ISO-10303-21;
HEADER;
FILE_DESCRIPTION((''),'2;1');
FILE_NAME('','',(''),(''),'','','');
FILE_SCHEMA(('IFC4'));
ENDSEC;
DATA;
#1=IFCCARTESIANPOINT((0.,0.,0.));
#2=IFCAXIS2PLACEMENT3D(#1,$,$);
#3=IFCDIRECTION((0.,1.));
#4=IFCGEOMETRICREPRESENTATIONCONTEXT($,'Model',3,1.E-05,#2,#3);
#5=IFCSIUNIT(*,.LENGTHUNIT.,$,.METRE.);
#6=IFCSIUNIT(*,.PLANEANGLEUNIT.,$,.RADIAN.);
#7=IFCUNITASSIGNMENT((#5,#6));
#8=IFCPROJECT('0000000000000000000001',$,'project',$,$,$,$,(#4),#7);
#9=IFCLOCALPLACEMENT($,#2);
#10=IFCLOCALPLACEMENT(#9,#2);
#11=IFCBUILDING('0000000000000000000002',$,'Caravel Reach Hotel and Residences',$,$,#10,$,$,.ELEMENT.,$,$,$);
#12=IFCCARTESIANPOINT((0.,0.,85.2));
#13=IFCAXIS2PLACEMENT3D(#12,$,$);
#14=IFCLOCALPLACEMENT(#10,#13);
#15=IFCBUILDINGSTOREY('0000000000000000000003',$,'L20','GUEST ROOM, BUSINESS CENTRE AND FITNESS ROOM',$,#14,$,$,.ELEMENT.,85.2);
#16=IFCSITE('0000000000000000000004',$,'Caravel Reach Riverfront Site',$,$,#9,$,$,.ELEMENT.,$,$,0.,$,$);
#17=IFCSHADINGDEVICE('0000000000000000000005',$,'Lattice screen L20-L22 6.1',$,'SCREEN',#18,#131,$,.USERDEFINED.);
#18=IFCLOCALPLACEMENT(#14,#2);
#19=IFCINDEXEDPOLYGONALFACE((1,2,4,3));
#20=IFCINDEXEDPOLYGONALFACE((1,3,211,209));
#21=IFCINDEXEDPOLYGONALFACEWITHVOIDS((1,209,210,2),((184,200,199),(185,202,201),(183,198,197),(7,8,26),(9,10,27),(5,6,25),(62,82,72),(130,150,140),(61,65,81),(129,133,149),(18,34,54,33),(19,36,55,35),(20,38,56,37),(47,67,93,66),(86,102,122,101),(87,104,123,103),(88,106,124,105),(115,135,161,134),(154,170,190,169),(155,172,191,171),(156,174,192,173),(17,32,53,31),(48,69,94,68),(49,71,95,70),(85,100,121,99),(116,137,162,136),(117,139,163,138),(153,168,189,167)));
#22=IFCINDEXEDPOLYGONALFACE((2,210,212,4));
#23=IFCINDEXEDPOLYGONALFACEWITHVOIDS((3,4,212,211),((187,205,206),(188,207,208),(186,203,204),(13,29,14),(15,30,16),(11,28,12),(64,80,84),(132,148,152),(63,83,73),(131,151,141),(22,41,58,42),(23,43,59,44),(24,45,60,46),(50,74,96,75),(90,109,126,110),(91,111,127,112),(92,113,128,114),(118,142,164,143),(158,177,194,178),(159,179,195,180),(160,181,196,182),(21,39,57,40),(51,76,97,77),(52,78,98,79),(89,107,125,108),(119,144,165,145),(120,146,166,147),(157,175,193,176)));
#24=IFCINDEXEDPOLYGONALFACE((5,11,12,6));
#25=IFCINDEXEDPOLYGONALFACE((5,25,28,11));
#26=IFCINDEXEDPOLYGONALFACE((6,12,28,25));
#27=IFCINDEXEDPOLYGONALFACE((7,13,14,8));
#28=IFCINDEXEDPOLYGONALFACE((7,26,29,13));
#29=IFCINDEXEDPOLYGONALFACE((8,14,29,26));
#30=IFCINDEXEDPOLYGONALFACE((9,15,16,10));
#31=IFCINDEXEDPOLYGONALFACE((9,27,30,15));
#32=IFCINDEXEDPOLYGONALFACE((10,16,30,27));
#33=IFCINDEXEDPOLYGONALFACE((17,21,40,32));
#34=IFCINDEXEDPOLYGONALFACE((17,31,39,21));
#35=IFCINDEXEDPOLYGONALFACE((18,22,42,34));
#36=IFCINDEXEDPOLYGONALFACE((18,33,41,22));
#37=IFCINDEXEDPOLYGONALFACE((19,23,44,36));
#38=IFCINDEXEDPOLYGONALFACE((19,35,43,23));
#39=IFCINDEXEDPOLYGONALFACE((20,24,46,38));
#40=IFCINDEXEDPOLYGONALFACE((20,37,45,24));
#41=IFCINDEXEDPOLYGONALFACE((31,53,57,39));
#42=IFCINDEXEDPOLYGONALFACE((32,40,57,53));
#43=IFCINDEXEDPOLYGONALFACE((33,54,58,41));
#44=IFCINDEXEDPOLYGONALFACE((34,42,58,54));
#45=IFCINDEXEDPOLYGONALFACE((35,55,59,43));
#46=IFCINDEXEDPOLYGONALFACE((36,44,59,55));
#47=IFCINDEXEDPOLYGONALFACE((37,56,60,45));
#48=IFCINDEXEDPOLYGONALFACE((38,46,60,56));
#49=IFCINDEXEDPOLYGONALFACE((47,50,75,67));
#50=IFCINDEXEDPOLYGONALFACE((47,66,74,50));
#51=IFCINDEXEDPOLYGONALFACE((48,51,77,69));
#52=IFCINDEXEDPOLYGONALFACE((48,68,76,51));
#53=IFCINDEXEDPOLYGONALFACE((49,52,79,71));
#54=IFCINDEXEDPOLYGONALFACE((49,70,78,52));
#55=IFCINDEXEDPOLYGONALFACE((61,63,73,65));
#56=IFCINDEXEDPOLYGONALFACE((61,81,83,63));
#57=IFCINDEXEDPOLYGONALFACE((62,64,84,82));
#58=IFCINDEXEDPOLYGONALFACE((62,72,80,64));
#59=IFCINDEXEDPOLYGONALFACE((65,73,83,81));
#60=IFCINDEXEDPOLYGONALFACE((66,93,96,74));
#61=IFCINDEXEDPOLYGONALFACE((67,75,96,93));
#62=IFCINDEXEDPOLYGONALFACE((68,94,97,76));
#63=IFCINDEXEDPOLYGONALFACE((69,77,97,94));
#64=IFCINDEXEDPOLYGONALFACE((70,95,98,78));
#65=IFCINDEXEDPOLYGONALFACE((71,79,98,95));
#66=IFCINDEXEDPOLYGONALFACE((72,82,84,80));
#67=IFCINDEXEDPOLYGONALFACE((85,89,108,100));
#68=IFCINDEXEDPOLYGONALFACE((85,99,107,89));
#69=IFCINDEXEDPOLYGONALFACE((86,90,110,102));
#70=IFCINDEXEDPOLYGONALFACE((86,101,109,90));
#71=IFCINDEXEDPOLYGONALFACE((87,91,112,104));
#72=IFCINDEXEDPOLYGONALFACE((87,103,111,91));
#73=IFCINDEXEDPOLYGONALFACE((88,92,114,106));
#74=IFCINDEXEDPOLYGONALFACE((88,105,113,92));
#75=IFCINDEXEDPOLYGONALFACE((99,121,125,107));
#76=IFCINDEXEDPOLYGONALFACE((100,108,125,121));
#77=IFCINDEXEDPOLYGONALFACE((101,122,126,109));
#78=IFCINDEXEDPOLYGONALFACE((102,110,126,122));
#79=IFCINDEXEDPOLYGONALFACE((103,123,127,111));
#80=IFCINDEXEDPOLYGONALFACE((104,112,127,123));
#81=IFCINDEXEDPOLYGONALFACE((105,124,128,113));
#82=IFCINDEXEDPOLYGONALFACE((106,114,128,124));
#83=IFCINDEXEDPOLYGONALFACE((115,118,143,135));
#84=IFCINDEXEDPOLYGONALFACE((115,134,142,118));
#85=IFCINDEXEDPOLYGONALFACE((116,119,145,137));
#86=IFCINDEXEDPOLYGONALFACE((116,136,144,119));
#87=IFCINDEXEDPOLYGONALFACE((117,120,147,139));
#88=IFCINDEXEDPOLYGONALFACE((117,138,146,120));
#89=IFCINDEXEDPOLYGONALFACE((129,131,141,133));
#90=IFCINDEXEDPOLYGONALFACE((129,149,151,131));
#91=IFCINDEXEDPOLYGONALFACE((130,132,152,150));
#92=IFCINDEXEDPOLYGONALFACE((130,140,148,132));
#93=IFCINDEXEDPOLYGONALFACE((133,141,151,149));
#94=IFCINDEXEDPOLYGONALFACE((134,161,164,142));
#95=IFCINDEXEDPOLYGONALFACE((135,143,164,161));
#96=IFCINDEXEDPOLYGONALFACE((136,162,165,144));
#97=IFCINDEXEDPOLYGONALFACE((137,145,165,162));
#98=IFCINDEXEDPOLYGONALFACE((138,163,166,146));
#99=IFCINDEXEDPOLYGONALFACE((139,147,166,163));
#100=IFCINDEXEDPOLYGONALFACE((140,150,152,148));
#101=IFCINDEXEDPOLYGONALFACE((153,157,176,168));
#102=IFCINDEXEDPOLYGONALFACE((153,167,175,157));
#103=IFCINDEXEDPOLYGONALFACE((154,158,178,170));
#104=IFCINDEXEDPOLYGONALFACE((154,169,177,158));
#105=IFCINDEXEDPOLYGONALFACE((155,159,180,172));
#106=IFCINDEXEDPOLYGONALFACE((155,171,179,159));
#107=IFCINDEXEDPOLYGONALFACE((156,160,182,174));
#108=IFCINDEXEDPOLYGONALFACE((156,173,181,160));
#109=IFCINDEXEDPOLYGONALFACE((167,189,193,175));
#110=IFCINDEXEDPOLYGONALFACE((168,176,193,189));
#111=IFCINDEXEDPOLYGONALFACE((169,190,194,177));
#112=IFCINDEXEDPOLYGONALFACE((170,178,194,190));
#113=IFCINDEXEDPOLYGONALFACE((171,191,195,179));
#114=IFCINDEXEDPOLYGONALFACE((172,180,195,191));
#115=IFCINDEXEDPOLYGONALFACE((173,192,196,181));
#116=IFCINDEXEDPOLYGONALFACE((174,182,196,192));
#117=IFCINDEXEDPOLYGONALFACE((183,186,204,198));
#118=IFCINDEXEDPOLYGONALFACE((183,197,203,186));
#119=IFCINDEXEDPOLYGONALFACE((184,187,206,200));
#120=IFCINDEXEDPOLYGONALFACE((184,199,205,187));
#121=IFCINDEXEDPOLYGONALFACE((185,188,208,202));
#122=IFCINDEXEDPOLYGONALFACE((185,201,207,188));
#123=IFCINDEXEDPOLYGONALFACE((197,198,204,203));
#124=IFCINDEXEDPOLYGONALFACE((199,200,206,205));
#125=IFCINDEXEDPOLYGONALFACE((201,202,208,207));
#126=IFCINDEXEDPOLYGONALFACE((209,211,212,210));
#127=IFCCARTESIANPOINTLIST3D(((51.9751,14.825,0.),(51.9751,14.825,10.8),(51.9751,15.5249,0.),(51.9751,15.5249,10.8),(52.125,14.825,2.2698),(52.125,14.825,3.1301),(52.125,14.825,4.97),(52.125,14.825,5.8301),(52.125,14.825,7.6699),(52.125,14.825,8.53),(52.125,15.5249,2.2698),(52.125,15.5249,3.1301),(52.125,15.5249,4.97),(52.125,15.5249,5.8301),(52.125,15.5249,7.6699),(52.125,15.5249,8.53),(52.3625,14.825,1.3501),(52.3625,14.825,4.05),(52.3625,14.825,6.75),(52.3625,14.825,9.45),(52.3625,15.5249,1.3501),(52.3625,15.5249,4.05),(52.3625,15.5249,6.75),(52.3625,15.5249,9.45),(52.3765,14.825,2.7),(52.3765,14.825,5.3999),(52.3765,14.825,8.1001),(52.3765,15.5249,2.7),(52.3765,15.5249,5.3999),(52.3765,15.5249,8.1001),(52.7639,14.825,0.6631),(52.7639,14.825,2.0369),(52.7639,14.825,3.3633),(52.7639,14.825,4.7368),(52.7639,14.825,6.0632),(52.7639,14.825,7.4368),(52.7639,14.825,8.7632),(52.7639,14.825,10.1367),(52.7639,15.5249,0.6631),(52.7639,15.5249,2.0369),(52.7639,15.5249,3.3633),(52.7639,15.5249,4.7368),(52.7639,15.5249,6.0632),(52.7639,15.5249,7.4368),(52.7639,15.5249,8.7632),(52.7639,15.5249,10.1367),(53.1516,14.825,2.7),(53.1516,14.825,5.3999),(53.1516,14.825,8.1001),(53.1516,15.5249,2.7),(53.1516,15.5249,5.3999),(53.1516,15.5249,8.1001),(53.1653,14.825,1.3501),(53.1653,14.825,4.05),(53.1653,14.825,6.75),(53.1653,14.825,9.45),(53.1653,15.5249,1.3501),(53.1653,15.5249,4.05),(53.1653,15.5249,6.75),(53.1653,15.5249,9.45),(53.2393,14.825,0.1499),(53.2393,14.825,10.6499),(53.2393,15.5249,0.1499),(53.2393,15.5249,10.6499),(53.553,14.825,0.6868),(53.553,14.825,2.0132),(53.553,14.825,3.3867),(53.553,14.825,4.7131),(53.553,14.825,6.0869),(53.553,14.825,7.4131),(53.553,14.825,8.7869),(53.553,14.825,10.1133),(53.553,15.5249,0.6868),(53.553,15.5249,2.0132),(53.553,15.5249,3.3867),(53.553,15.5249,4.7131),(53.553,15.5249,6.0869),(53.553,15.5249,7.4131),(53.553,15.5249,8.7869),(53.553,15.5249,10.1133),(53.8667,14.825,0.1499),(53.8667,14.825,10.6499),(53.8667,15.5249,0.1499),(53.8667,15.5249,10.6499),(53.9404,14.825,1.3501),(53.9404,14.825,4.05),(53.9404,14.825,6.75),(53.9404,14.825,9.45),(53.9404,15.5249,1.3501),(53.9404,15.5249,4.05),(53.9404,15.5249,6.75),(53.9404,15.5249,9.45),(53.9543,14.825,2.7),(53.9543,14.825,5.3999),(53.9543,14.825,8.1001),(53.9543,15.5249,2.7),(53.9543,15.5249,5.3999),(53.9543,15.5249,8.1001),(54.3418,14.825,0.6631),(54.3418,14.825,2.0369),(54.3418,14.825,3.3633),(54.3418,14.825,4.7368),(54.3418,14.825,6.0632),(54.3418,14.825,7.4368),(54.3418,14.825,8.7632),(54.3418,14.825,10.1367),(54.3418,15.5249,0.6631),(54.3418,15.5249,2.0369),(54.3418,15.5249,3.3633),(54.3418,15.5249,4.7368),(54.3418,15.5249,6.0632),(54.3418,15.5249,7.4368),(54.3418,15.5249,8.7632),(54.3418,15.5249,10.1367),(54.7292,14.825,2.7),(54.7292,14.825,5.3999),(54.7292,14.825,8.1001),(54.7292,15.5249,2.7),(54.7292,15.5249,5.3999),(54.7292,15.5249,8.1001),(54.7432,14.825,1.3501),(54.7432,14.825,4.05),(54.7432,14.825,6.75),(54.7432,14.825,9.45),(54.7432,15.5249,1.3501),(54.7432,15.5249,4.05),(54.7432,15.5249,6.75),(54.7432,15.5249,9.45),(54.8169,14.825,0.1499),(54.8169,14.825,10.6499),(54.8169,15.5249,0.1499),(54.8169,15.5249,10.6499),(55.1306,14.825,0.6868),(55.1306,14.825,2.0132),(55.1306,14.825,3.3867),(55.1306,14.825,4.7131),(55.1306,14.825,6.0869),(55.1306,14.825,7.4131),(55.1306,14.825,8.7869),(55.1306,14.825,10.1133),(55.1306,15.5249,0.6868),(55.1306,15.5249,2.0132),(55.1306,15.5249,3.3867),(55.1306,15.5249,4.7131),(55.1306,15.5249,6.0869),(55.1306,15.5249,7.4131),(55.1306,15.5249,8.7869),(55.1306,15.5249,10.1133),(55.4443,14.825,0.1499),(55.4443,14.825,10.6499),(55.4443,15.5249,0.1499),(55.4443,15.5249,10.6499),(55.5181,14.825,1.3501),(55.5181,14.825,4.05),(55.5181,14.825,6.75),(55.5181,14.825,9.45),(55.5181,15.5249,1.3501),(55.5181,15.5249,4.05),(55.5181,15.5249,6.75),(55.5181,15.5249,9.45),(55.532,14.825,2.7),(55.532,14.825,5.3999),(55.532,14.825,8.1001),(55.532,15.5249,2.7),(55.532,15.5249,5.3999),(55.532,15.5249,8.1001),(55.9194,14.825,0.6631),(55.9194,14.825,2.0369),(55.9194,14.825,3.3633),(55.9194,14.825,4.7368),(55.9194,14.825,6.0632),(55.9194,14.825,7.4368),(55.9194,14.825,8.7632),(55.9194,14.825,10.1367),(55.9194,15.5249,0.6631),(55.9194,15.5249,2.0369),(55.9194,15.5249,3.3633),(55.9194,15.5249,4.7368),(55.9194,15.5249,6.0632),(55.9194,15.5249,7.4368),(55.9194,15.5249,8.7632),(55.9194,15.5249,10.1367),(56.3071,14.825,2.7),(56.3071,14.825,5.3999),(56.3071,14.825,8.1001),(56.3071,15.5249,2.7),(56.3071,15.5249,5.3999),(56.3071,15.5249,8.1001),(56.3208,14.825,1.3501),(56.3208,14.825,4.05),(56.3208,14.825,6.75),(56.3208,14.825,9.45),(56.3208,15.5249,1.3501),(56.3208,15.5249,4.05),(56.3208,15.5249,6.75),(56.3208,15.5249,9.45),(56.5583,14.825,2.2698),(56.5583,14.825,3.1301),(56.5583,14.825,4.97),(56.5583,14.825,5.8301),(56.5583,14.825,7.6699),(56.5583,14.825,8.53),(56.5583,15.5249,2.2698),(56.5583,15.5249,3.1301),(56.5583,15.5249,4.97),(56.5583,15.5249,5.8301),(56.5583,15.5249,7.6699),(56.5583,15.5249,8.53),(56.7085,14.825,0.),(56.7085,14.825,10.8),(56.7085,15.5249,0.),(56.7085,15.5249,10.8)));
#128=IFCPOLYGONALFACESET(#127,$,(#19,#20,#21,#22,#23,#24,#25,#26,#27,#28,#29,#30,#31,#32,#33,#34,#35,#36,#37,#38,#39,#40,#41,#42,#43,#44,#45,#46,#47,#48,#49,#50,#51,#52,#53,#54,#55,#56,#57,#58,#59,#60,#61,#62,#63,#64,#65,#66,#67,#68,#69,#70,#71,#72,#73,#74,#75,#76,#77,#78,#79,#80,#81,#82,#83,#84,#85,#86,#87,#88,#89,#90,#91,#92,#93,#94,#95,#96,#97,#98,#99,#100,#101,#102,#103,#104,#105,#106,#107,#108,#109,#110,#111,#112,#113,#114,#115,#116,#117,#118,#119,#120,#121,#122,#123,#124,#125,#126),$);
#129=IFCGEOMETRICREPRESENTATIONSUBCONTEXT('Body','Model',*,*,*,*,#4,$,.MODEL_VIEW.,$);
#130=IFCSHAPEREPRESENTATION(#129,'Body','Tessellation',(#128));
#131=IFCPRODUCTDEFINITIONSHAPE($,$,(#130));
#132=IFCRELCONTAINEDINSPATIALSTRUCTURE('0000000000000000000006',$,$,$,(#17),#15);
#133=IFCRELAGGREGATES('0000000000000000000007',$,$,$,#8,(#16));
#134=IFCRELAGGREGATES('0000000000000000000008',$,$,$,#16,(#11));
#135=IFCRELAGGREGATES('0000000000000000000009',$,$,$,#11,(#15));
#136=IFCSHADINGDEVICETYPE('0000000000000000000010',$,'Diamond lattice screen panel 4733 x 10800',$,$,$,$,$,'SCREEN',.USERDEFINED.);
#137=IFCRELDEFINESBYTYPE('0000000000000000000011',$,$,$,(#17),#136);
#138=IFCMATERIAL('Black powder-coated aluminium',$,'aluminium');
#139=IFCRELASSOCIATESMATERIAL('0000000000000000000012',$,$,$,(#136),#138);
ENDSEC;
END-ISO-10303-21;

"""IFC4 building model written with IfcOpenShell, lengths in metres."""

from ifc_helpers import new_model, si_unit, direction, frame, origin, place, context, subcontext, project, spatial, polyline, outline, extrude, material, type_object, element, save


model = new_model("IFC4")

# Units and contexts
model_context = context("Model", 3, precision=1e-05, world=origin(), true_north=direction((0.0, 1.0)))
body_context = subcontext(model_context, "Body", "Model", "MODEL_VIEW")
ifc_project = project(units=[si_unit("LENGTHUNIT", "METRE"), si_unit("PLANEANGLEUNIT", "RADIAN")], contexts=[model_context])

# Site, building, storey
site_placement = place(None, origin())
site = spatial("IfcSite", under=ifc_project, at=site_placement, Name="Caravel Reach Riverfront Site", CompositionType="ELEMENT", RefElevation=0.0)
building_placement = place(site_placement, origin())
building = spatial("IfcBuilding", under=site, at=building_placement, Name="Caravel Reach Hotel and Residences", CompositionType="ELEMENT")
storey_placement = place(building_placement, frame((0.0, 0.0, 85.2)))
storey = spatial("IfcBuildingStorey", under=building, at=storey_placement, Name="L20", Description="GUEST ROOM, BUSINESS CENTRE AND FITNESS ROOM", CompositionType="ELEMENT", Elevation=85.2)

# Shading device
ifc_material_1 = material(Name="Black powder-coated aluminium", Category="aluminium")
shading_device_type_1 = type_object("IfcShadingDeviceType", Name="Diamond lattice screen panel 4733 x 10800", ElementType="SCREEN", PredefinedType="USERDEFINED", material=ifc_material_1)
shading_device_1_placement = place(storey_placement, frame((51.9751, 15.5249, 0.0), z_axis=(0.0, -1.0, 0.0), x_axis=(1.0, 0.0, 0.0)))
element("IfcShadingDevice", 1, at=shading_device_1_placement, inside=storey, type_object=shading_device_type_1, Name="Lattice screen L20-L22 6.1", ObjectType="SCREEN", PredefinedType="USERDEFINED", context=body_context, shape_type="SweptSolid", body=[
    extrude(outline(polyline([(0.0, 0.0), (4.7334, 0.0), (4.7334, 10.8), (0.0, 10.8), (0.0, 0.0)]), holes=[polyline([(0.4014, 2.7), (0.1499, 3.1301), (0.1499, 2.2698), (0.4014, 2.7)]), polyline([(0.4014, 5.3999), (0.1499, 5.8301), (0.1499, 4.97), (0.4014, 5.3999)]), polyline([(0.4014, 8.1001), (0.1499, 8.53), (0.1499, 7.6699), (0.4014, 8.1001)]), polyline([(0.7888, 2.0369), (0.3875, 1.3501), (0.7888, 0.6631), (1.1902, 1.3501), (0.7888, 2.0369)]), polyline([(0.7888, 4.7368), (0.3875, 4.05), (0.7888, 3.3633), (1.1902, 4.05), (0.7888, 4.7368)]), polyline([(0.7888, 7.4368), (0.3875, 6.75), (0.7888, 6.0632), (1.1902, 6.75), (0.7888, 7.4368)]), polyline([(0.7888, 10.1367), (0.3875, 9.45), (0.7888, 8.7632), (1.1902, 9.45), (0.7888, 10.1367)]), polyline([(1.5779, 0.6868), (1.2642, 0.1499), (1.8916, 0.1499), (1.5779, 0.6868)]), polyline([(1.5779, 3.3867), (1.1765, 2.7), (1.5779, 2.0132), (1.9792, 2.7), (1.5779, 3.3867)]), polyline([(1.5779, 6.0869), (1.1765, 5.3999), (1.5779, 4.7131), (1.9792, 5.3999), (1.5779, 6.0869)]), polyline([(1.5779, 8.7869), (1.1765, 8.1001), (1.5779, 7.4131), (1.9792, 8.1001), (1.5779, 8.7869)]), polyline([(1.5779, 10.1133), (1.8916, 10.6499), (1.2642, 10.6499), (1.5779, 10.1133)]), polyline([(2.3667, 2.0369), (1.9653, 1.3501), (2.3667, 0.6631), (2.7681, 1.3501), (2.3667, 2.0369)]), polyline([(2.3667, 4.7368), (1.9653, 4.05), (2.3667, 3.3633), (2.7681, 4.05), (2.3667, 4.7368)]), polyline([(2.3667, 7.4368), (1.9653, 6.75), (2.3667, 6.0632), (2.7681, 6.75), (2.3667, 7.4368)]), polyline([(2.3667, 10.1367), (1.9653, 9.45), (2.3667, 8.7632), (2.7681, 9.45), (2.3667, 10.1367)]), polyline([(3.1555, 0.6868), (2.8418, 0.1499), (3.4692, 0.1499), (3.1555, 0.6868)]), polyline([(3.1555, 3.3867), (2.7542, 2.7), (3.1555, 2.0132), (3.5569, 2.7), (3.1555, 3.3867)]), polyline([(3.1555, 6.0869), (2.7542, 5.3999), (3.1555, 4.7131), (3.5569, 5.3999), (3.1555, 6.0869)]), polyline([(3.1555, 8.7869), (2.7542, 8.1001), (3.1555, 7.4131), (3.5569, 8.1001), (3.1555, 8.7869)]), polyline([(3.1555, 10.1133), (3.4692, 10.6499), (2.8418, 10.6499), (3.1555, 10.1133)]), polyline([(3.9443, 2.0369), (3.543, 1.3501), (3.9443, 0.6631), (4.3457, 1.3501), (3.9443, 2.0369)]), polyline([(3.9443, 4.7368), (3.543, 4.05), (3.9443, 3.3633), (4.3457, 4.05), (3.9443, 4.7368)]), polyline([(3.9443, 7.4368), (3.543, 6.75), (3.9443, 6.0632), (4.3457, 6.75), (3.9443, 7.4368)]), polyline([(3.9443, 10.1367), (3.543, 9.45), (3.9443, 8.7632), (4.3457, 9.45), (3.9443, 10.1367)]), polyline([(4.332, 2.7), (4.5833, 2.2698), (4.5833, 3.1301), (4.332, 2.7)]), polyline([(4.332, 5.3999), (4.5833, 4.97), (4.5833, 5.8301), (4.332, 5.3999)]), polyline([(4.332, 8.1001), (4.5833, 7.6699), (4.5833, 8.53), (4.332, 8.1001)])]), origin(), (0.0, 0.0, 1.0), 0.7),
])

save(model, "model.ifc")
